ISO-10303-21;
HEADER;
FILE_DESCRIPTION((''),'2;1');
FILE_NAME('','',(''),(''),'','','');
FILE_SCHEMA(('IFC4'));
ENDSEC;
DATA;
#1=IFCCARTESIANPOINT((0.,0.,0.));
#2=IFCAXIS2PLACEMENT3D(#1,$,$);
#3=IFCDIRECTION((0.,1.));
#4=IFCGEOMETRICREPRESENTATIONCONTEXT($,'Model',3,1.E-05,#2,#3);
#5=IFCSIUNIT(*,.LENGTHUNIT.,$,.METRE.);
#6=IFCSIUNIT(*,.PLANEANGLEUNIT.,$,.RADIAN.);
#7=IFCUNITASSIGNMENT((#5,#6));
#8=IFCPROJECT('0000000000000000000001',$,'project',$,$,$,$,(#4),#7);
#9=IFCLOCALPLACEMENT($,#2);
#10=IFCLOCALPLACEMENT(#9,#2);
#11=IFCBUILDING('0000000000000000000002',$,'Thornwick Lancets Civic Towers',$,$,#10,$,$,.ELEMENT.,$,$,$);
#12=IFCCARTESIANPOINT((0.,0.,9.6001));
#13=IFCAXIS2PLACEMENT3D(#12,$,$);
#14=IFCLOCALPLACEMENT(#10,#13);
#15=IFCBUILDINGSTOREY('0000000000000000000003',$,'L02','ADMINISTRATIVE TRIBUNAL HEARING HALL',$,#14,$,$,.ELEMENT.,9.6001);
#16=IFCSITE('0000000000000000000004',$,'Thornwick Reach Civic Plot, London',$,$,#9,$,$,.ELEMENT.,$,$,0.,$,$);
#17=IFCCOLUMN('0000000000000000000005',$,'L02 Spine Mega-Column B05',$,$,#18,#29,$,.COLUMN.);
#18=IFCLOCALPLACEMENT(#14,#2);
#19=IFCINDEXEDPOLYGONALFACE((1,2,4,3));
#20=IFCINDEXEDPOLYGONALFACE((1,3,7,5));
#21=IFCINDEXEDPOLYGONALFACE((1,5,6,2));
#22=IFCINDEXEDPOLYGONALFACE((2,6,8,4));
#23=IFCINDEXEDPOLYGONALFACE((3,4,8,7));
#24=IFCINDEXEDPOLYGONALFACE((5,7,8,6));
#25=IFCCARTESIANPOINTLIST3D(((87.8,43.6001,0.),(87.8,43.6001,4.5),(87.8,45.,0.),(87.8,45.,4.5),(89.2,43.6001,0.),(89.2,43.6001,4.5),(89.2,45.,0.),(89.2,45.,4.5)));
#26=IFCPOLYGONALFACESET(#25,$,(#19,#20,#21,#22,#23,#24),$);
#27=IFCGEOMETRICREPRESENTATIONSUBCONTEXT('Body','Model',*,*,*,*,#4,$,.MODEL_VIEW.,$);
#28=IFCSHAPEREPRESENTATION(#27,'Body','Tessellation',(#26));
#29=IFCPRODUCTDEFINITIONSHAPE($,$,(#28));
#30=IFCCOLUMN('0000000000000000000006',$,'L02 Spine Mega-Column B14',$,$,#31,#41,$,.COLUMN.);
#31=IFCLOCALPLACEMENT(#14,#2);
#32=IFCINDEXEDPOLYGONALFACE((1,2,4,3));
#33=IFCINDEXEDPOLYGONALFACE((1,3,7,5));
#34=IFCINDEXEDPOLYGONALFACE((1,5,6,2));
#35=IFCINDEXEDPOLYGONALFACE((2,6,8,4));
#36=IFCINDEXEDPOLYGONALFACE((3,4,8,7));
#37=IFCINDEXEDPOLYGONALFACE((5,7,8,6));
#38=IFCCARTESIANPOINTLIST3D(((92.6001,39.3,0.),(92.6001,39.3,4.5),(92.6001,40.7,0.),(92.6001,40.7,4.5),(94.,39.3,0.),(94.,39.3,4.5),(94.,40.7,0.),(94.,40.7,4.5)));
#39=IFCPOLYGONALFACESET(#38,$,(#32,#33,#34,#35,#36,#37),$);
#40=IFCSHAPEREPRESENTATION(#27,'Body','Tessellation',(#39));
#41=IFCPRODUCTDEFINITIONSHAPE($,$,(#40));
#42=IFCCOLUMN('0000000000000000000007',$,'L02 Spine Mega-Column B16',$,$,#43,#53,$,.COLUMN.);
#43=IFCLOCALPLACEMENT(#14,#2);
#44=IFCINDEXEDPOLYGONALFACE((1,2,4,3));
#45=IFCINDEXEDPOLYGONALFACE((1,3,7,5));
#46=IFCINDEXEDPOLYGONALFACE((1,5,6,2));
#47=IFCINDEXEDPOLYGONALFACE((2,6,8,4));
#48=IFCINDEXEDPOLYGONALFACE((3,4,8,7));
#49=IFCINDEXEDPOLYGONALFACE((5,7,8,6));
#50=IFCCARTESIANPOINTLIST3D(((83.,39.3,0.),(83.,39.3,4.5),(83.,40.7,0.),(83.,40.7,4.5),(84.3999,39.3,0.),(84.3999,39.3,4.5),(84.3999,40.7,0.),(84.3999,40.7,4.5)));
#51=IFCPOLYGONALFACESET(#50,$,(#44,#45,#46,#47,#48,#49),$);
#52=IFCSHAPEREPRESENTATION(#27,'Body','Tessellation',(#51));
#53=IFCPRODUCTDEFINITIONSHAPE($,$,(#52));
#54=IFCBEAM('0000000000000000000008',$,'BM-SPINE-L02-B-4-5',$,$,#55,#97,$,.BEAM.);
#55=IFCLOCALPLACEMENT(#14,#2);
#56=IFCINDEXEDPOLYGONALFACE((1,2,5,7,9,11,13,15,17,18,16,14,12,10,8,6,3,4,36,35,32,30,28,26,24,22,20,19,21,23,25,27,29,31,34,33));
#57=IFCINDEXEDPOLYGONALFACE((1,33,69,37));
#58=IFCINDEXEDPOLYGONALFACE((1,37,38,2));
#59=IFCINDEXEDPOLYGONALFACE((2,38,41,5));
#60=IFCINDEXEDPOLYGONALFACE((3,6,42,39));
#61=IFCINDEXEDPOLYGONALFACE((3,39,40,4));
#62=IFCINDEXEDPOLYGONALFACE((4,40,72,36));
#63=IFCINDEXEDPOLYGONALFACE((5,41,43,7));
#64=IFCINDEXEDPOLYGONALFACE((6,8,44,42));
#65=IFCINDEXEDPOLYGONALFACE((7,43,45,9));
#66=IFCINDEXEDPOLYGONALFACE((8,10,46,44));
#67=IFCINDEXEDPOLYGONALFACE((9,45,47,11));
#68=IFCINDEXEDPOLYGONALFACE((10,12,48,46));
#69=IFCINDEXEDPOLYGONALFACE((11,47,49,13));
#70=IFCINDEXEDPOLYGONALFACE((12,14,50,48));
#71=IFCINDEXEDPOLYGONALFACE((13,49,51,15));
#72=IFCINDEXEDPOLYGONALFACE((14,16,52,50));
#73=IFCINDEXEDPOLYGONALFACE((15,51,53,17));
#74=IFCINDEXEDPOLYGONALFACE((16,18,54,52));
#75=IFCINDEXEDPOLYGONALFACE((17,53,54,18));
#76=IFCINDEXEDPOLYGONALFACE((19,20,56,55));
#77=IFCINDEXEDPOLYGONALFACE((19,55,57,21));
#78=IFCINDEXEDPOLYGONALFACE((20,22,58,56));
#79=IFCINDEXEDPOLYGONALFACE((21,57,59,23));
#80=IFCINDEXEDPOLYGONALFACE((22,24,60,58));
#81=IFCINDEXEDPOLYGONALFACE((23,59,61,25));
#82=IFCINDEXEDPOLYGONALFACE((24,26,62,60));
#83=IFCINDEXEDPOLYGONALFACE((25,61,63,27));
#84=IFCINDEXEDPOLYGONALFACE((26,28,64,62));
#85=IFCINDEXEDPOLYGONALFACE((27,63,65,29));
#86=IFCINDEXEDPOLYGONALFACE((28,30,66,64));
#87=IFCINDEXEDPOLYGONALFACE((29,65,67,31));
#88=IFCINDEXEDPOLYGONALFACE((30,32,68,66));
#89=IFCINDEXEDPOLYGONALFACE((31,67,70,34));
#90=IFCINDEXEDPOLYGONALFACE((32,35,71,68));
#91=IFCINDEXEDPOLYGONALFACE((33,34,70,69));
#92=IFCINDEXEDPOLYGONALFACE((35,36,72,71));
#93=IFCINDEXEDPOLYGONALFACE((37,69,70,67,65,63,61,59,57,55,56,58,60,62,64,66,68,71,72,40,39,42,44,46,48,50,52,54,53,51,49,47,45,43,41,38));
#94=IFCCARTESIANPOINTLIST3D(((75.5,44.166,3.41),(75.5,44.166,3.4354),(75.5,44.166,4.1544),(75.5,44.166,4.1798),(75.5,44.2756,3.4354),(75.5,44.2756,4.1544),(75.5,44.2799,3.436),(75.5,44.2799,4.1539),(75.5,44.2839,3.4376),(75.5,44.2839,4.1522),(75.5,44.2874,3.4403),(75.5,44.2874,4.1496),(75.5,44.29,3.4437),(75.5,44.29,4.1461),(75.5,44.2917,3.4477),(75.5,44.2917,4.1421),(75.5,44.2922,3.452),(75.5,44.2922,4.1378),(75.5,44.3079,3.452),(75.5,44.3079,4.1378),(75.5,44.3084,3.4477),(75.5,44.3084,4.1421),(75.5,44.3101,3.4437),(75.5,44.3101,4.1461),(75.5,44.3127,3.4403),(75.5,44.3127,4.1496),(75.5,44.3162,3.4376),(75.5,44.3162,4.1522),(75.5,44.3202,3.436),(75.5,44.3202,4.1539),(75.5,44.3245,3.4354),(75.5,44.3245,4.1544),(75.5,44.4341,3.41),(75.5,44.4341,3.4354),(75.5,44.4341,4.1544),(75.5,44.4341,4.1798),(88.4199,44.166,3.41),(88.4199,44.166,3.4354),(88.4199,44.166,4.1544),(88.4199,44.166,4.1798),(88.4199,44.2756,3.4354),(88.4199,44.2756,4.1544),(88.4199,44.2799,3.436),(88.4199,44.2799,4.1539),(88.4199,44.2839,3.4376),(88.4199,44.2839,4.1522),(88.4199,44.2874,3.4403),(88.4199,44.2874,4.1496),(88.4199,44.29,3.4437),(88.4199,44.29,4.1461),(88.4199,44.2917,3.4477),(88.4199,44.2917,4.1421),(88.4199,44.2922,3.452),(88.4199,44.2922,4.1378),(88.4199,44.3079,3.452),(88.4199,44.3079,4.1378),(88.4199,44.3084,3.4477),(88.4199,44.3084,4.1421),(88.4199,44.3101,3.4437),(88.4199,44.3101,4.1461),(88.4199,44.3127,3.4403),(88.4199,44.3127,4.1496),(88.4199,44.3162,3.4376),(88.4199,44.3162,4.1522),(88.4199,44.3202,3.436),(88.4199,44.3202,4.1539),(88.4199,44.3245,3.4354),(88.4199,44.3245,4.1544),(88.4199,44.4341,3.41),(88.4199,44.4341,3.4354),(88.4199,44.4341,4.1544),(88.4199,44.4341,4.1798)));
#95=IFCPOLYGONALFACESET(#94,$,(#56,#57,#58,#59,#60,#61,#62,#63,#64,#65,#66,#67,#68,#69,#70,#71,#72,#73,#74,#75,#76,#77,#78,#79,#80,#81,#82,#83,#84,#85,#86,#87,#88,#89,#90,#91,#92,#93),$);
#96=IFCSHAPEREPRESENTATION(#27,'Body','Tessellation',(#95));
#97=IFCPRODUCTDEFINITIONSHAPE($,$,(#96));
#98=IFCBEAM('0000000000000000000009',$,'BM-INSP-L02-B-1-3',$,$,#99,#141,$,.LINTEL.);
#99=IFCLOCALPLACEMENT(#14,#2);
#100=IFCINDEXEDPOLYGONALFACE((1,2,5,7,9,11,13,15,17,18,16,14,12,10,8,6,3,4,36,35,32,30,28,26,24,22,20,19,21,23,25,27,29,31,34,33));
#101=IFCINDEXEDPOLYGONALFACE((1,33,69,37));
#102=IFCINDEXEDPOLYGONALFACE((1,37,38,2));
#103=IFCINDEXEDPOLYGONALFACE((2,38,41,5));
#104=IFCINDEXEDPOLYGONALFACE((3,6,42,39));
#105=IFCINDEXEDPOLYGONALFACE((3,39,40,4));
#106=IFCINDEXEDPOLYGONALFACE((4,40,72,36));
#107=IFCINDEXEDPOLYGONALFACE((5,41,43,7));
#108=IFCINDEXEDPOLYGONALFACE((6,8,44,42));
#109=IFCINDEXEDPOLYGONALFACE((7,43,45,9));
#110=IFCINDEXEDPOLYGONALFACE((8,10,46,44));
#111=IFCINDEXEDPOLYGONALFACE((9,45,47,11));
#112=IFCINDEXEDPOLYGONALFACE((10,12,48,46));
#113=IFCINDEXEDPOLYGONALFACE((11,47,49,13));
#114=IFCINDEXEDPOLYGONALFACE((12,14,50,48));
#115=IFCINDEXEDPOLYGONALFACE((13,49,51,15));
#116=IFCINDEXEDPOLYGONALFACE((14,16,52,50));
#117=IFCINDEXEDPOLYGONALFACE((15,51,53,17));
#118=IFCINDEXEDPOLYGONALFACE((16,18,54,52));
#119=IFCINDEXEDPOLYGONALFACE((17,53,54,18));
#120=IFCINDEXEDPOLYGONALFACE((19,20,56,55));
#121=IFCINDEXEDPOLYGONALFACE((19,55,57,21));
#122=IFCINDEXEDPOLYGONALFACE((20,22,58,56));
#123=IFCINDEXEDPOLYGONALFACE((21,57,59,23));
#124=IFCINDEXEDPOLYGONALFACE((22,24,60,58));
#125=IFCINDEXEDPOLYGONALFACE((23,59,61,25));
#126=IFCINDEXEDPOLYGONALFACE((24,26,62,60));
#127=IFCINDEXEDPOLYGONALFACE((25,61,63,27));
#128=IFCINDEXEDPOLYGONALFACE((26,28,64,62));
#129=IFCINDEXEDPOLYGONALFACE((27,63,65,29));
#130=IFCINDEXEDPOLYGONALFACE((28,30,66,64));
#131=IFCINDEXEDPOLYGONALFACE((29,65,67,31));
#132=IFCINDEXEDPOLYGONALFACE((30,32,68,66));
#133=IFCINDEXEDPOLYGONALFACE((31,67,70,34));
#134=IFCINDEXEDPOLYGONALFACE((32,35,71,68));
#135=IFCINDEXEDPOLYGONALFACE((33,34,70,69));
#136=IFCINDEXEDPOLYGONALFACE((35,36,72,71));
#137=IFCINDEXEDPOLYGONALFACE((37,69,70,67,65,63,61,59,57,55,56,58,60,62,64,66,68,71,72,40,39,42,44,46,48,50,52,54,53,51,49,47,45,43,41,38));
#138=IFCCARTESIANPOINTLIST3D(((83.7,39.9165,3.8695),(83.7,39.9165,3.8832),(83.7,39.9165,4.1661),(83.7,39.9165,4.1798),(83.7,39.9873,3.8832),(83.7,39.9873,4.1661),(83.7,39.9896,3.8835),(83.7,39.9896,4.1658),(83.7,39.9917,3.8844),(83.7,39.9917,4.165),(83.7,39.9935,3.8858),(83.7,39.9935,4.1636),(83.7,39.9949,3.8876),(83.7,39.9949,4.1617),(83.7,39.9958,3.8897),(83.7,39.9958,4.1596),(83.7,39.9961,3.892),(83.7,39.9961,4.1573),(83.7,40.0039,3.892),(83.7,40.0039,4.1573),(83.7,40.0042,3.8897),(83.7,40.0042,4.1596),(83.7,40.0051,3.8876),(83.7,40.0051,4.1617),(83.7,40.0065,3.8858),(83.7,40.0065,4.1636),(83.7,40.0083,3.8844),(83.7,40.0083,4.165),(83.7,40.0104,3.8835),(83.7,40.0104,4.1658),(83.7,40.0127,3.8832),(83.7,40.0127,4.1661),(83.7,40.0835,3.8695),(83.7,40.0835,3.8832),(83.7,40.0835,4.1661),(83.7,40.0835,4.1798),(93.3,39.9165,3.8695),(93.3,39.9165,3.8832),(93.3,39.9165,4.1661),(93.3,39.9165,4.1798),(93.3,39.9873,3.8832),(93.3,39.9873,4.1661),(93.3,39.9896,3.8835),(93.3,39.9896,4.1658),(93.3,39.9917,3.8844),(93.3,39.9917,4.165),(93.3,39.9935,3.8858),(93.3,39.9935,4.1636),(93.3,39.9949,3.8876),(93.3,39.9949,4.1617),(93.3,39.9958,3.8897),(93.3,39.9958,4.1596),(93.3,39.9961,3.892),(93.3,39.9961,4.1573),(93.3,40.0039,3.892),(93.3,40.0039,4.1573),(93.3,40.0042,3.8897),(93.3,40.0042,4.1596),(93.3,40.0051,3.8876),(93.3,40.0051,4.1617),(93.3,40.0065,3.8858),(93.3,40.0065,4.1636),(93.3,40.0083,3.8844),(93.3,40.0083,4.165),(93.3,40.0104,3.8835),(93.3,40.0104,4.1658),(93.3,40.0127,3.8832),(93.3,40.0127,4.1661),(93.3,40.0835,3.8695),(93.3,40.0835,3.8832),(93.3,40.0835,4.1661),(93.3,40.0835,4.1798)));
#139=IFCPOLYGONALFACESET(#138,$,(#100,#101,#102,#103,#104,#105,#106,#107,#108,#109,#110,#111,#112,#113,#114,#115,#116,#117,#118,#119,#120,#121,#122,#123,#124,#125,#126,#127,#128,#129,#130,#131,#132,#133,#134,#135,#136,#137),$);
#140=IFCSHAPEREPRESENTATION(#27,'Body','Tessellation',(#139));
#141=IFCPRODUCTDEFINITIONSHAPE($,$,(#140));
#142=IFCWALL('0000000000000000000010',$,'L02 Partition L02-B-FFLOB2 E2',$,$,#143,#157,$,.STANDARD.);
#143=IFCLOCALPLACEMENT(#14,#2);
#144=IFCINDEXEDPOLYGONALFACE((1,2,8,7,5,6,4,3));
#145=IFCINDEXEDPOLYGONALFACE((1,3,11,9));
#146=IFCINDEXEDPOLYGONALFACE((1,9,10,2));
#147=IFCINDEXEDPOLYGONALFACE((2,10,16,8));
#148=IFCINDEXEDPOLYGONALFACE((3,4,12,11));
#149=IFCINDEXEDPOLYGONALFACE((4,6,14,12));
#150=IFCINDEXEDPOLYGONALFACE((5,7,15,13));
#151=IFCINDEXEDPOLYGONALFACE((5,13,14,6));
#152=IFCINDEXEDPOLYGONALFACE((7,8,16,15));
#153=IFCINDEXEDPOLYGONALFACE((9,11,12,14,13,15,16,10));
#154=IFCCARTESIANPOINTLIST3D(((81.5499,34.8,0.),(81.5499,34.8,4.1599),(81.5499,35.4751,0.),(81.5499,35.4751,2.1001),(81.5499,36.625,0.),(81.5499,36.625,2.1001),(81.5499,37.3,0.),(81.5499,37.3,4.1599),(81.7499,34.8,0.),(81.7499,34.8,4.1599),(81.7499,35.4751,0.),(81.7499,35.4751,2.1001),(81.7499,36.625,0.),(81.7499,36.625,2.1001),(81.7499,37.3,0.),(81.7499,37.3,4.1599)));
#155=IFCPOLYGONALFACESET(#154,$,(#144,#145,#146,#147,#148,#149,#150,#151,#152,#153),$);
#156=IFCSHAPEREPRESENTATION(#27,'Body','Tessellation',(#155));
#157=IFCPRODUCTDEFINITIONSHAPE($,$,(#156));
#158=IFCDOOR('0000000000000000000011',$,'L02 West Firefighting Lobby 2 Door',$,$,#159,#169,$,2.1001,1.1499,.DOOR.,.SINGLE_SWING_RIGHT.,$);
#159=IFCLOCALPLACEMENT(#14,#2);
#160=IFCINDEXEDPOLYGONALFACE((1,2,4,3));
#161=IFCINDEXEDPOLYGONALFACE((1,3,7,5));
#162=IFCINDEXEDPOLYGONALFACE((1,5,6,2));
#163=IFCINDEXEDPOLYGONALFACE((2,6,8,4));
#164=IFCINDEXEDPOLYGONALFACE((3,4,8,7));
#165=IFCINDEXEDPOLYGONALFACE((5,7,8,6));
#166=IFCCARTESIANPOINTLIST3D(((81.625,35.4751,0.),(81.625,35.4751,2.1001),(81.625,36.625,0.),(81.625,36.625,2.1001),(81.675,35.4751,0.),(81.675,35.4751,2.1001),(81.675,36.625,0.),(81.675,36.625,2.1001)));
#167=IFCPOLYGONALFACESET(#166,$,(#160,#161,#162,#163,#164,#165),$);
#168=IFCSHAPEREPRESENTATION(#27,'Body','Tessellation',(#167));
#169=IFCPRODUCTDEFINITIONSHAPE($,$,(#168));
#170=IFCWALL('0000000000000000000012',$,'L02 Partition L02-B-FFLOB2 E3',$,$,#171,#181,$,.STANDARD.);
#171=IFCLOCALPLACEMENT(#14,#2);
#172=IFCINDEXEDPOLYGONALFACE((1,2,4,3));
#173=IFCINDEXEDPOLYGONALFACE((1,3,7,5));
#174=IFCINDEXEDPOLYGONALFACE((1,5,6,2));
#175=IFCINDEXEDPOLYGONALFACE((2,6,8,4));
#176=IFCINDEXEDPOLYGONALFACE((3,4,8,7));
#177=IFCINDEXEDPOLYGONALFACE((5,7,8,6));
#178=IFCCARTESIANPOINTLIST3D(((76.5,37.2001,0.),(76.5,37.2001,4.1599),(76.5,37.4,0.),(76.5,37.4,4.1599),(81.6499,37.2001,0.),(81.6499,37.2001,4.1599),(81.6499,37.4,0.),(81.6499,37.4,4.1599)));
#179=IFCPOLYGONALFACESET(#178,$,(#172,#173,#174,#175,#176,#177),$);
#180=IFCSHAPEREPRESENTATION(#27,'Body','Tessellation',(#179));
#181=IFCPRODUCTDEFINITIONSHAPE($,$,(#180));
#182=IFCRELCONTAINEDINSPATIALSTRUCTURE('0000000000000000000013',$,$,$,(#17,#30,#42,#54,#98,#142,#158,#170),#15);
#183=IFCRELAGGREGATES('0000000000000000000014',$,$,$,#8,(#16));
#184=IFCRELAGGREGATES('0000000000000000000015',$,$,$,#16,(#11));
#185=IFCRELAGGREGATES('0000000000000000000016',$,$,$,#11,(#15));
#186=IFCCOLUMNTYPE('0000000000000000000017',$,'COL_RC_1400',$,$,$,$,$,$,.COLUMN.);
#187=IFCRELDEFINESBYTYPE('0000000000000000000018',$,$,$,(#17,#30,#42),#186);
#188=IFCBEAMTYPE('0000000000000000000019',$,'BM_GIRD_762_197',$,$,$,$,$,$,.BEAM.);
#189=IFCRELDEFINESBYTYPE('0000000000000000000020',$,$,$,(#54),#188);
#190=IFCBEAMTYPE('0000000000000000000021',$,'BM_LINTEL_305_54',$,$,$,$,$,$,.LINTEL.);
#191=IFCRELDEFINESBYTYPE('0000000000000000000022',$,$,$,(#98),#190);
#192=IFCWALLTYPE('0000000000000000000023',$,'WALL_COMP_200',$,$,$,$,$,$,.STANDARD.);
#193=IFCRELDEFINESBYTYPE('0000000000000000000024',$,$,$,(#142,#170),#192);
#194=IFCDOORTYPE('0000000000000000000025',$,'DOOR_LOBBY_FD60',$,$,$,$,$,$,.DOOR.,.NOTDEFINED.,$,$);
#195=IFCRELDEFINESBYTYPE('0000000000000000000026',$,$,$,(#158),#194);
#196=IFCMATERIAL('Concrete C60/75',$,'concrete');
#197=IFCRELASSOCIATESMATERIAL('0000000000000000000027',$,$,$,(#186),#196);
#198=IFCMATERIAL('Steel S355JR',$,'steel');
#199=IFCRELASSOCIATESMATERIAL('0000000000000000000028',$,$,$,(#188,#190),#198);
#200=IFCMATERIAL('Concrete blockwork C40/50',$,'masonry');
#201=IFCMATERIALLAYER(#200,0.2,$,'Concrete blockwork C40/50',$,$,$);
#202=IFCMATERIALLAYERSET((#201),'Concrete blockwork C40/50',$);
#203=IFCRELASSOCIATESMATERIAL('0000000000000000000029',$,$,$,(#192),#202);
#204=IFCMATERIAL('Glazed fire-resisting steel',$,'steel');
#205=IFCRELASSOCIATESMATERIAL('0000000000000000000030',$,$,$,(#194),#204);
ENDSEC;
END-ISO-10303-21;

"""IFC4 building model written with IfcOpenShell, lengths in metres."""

from ifc_helpers import new_model, si_unit, direction, frame, frame_2d, origin, origin_2d, place, context, subcontext, project, spatial, rectangle, i_section, extrude, material, layer, layer_set, material_profile, profile_set, type_object, element, fill, save


model = new_model("IFC4")

# Units and contexts
model_context = context("Model", 3, precision=1e-05, world=origin(), true_north=direction((0.0, 1.0)))
body_context = subcontext(model_context, "Body", "Model", "MODEL_VIEW")
ifc_project = project(units=[si_unit("LENGTHUNIT", "METRE"), si_unit("PLANEANGLEUNIT", "RADIAN")], contexts=[model_context])

# Site, building, storey
site_placement = place(None, origin())
site = spatial("IfcSite", under=ifc_project, at=site_placement, Name="Thornwick Reach Civic Plot, London", CompositionType="ELEMENT", RefElevation=0.0)
building_placement = place(site_placement, origin())
building = spatial("IfcBuilding", under=site, at=building_placement, Name="Thornwick Lancets Civic Towers", CompositionType="ELEMENT")
storey_placement = place(building_placement, frame((0.0, 0.0, 9.6001)))
storey = spatial("IfcBuildingStorey", under=building, at=storey_placement, Name="L02", Description="ADMINISTRATIVE TRIBUNAL HEARING HALL", CompositionType="ELEMENT", Elevation=9.6001)

# Columns
ifc_material_1 = material(Name="Concrete C60/75", Category="concrete")
ifc_material_profile_1 = material_profile(ifc_material_1, rectangle(XDim=1.3999, YDim=1.3999, at=origin_2d()), Name="RC 1400x1400")
ifc_profile_set_1 = profile_set([ifc_material_profile_1], Name="Concrete C60/75")
column_type = type_object("IfcColumnType", Name="COL_RC_1400", PredefinedType="COLUMN", material=ifc_profile_set_1)
for number, where, z_axis, x_axis, name in (
    (1, (88.5, 44.3, 0.0), (0.0, 0.0, 1.0), (1.0, 0.0, 0.0), "L02 Spine Mega-Column B05"),
    (2, (93.3, 40.0, 0.0), (0.0, 0.0, 1.0), (1.0, 0.0, 0.0), "L02 Spine Mega-Column B14"),
    (3, (83.7, 40.0, 0.0), (0.0, 0.0, 1.0), (1.0, 0.0, 0.0), "L02 Spine Mega-Column B16"),
):
    element("IfcColumn", number, at=place(storey_placement, frame(where, z_axis=z_axis, x_axis=x_axis)), inside=storey, type_object=column_type, Name=name, PredefinedType="COLUMN", context=body_context, shape_type="SweptSolid", body=[
        extrude(rectangle(XDim=1.3999, YDim=1.3999, at=origin_2d()), origin(), (0.0, 0.0, 1.0), 4.5),
    ])

# Beams
ifc_material_2 = material(Name="Steel S355JR", Category="steel")
ifc_material_profile_2 = material_profile(ifc_material_2, i_section(OverallWidth=0.2681, OverallDepth=0.7698, WebThickness=0.0156, FlangeThickness=0.0254, FilletRadius=0.0166, at=origin_2d()), Name="UKB 762x267x197")
ifc_profile_set_2 = profile_set([ifc_material_profile_2], Name="Steel S355JR")
beam_type_1 = type_object("IfcBeamType", Name="BM_GIRD_762_197", PredefinedType="BEAM", material=ifc_profile_set_2)
beam_1_placement = place(storey_placement, frame((88.4199, 44.3, 3.7949), z_axis=(-1.0, 0.0, 0.0), x_axis=(0.0, -1.0, 0.0)))
element("IfcBeam", 4, at=beam_1_placement, inside=storey, type_object=beam_type_1, Name="BM-SPINE-L02-B-4-5", PredefinedType="BEAM", context=body_context, shape_type="SweptSolid", body=[
    extrude(i_section(OverallWidth=0.2681, OverallDepth=0.7698, WebThickness=0.0156, FlangeThickness=0.0254, FilletRadius=0.0166, at=origin_2d()), origin(), (0.0, 0.0, 1.0), 12.9199),
])
ifc_material_profile_3 = material_profile(ifc_material_2, i_section(OverallWidth=0.167, OverallDepth=0.3103, WebThickness=0.0078, FlangeThickness=0.0137, FilletRadius=0.0088, at=origin_2d()), Name="UKB 305x165x54")
ifc_profile_set_3 = profile_set([ifc_material_profile_3], Name="Steel S355JR")
beam_type_2 = type_object("IfcBeamType", Name="BM_LINTEL_305_54", PredefinedType="LINTEL", material=ifc_profile_set_3)
beam_2_placement = place(storey_placement, frame((93.3, 40.0, 4.0247), z_axis=(-1.0, 0.0, 0.0), x_axis=(0.0, -1.0, 0.0)))
element("IfcBeam", 5, at=beam_2_placement, inside=storey, type_object=beam_type_2, Name="BM-INSP-L02-B-1-3", PredefinedType="LINTEL", context=body_context, shape_type="SweptSolid", body=[
    extrude(i_section(OverallWidth=0.167, OverallDepth=0.3103, WebThickness=0.0078, FlangeThickness=0.0137, FilletRadius=0.0088, at=origin_2d()), origin(), (0.0, 0.0, 1.0), 9.6001),
])

# Wall, opening, door
ifc_material_3 = material(Name="Concrete blockwork C40/50", Category="masonry")
ifc_layer_1 = layer(ifc_material_3, 0.2, Name="Concrete blockwork C40/50")
ifc_layer_set_1 = layer_set([ifc_layer_1], Name="Concrete blockwork C40/50")
wall_type_1 = type_object("IfcWallType", Name="WALL_COMP_200", PredefinedType="STANDARD", material=ifc_layer_set_1)
wall_1_placement = place(storey_placement, frame((81.6499, 34.8, 0.0), z_axis=(0.0, 0.0, 1.0), x_axis=(0.0, 1.0, 0.0)))
wall_1 = element("IfcWall", 6, at=wall_1_placement, inside=storey, type_object=wall_type_1, Name="L02 Partition L02-B-FFLOB2 E2", PredefinedType="STANDARD", context=body_context, shape_type="SweptSolid", body=[
    extrude(rectangle(XDim=2.5, YDim=0.2, at=frame_2d((1.25, 0.0))), origin(), (0.0, 0.0, 1.0), 4.1599),
])
opening_1_placement = place(wall_1_placement, frame((0.675, 0.0, 0.0)))
opening_1 = element("IfcOpeningElement", 7, at=opening_1_placement, cuts=wall_1, PredefinedType="OPENING", context=body_context, shape_type="SweptSolid", body=[
    extrude(rectangle(XDim=1.1499, YDim=2.1001, at=frame_2d((0.575, 1.05))), frame((0.0, 0.1099, 0.0), z_axis=(0.0, -1.0, 0.0), x_axis=(1.0, 0.0, 0.0)), (0.0, 0.0, 1.0), 0.22),
])
ifc_material_4 = material(Name="Glazed fire-resisting steel", Category="steel")
door_type_1 = type_object("IfcDoorType", Name="DOOR_LOBBY_FD60", OperationType="NOTDEFINED", PredefinedType="DOOR", material=ifc_material_4)
door_1_placement = place(opening_1_placement, origin())
door_1 = element("IfcDoor", 8, at=door_1_placement, inside=storey, type_object=door_type_1, Name="L02 West Firefighting Lobby 2 Door", OperationType="SINGLE_SWING_RIGHT", OverallHeight=2.1001, OverallWidth=1.1499, PredefinedType="DOOR", context=body_context, shape_type="SweptSolid", body=[
    extrude(rectangle(XDim=1.1499, YDim=2.1001, at=frame_2d((0.575, 1.05))), frame((0.0, 0.0249, 0.0), z_axis=(0.0, -1.0, 0.0), x_axis=(1.0, 0.0, 0.0)), (0.0, 0.0, 1.0), 0.05),
])
fill(opening_1, door_1)

# Wall
wall_2_placement = place(storey_placement, frame((81.6499, 37.3, 0.0), z_axis=(0.0, 0.0, 1.0), x_axis=(-1.0, 0.0, 0.0)))
element("IfcWall", 9, at=wall_2_placement, inside=storey, type_object=wall_type_1, Name="L02 Partition L02-B-FFLOB2 E3", PredefinedType="STANDARD", context=body_context, shape_type="SweptSolid", body=[
    extrude(rectangle(XDim=5.1499, YDim=0.2, at=frame_2d((2.575, 0.0))), origin(), (0.0, 0.0, 1.0), 4.1599),
])

save(model, "model.ifc")
